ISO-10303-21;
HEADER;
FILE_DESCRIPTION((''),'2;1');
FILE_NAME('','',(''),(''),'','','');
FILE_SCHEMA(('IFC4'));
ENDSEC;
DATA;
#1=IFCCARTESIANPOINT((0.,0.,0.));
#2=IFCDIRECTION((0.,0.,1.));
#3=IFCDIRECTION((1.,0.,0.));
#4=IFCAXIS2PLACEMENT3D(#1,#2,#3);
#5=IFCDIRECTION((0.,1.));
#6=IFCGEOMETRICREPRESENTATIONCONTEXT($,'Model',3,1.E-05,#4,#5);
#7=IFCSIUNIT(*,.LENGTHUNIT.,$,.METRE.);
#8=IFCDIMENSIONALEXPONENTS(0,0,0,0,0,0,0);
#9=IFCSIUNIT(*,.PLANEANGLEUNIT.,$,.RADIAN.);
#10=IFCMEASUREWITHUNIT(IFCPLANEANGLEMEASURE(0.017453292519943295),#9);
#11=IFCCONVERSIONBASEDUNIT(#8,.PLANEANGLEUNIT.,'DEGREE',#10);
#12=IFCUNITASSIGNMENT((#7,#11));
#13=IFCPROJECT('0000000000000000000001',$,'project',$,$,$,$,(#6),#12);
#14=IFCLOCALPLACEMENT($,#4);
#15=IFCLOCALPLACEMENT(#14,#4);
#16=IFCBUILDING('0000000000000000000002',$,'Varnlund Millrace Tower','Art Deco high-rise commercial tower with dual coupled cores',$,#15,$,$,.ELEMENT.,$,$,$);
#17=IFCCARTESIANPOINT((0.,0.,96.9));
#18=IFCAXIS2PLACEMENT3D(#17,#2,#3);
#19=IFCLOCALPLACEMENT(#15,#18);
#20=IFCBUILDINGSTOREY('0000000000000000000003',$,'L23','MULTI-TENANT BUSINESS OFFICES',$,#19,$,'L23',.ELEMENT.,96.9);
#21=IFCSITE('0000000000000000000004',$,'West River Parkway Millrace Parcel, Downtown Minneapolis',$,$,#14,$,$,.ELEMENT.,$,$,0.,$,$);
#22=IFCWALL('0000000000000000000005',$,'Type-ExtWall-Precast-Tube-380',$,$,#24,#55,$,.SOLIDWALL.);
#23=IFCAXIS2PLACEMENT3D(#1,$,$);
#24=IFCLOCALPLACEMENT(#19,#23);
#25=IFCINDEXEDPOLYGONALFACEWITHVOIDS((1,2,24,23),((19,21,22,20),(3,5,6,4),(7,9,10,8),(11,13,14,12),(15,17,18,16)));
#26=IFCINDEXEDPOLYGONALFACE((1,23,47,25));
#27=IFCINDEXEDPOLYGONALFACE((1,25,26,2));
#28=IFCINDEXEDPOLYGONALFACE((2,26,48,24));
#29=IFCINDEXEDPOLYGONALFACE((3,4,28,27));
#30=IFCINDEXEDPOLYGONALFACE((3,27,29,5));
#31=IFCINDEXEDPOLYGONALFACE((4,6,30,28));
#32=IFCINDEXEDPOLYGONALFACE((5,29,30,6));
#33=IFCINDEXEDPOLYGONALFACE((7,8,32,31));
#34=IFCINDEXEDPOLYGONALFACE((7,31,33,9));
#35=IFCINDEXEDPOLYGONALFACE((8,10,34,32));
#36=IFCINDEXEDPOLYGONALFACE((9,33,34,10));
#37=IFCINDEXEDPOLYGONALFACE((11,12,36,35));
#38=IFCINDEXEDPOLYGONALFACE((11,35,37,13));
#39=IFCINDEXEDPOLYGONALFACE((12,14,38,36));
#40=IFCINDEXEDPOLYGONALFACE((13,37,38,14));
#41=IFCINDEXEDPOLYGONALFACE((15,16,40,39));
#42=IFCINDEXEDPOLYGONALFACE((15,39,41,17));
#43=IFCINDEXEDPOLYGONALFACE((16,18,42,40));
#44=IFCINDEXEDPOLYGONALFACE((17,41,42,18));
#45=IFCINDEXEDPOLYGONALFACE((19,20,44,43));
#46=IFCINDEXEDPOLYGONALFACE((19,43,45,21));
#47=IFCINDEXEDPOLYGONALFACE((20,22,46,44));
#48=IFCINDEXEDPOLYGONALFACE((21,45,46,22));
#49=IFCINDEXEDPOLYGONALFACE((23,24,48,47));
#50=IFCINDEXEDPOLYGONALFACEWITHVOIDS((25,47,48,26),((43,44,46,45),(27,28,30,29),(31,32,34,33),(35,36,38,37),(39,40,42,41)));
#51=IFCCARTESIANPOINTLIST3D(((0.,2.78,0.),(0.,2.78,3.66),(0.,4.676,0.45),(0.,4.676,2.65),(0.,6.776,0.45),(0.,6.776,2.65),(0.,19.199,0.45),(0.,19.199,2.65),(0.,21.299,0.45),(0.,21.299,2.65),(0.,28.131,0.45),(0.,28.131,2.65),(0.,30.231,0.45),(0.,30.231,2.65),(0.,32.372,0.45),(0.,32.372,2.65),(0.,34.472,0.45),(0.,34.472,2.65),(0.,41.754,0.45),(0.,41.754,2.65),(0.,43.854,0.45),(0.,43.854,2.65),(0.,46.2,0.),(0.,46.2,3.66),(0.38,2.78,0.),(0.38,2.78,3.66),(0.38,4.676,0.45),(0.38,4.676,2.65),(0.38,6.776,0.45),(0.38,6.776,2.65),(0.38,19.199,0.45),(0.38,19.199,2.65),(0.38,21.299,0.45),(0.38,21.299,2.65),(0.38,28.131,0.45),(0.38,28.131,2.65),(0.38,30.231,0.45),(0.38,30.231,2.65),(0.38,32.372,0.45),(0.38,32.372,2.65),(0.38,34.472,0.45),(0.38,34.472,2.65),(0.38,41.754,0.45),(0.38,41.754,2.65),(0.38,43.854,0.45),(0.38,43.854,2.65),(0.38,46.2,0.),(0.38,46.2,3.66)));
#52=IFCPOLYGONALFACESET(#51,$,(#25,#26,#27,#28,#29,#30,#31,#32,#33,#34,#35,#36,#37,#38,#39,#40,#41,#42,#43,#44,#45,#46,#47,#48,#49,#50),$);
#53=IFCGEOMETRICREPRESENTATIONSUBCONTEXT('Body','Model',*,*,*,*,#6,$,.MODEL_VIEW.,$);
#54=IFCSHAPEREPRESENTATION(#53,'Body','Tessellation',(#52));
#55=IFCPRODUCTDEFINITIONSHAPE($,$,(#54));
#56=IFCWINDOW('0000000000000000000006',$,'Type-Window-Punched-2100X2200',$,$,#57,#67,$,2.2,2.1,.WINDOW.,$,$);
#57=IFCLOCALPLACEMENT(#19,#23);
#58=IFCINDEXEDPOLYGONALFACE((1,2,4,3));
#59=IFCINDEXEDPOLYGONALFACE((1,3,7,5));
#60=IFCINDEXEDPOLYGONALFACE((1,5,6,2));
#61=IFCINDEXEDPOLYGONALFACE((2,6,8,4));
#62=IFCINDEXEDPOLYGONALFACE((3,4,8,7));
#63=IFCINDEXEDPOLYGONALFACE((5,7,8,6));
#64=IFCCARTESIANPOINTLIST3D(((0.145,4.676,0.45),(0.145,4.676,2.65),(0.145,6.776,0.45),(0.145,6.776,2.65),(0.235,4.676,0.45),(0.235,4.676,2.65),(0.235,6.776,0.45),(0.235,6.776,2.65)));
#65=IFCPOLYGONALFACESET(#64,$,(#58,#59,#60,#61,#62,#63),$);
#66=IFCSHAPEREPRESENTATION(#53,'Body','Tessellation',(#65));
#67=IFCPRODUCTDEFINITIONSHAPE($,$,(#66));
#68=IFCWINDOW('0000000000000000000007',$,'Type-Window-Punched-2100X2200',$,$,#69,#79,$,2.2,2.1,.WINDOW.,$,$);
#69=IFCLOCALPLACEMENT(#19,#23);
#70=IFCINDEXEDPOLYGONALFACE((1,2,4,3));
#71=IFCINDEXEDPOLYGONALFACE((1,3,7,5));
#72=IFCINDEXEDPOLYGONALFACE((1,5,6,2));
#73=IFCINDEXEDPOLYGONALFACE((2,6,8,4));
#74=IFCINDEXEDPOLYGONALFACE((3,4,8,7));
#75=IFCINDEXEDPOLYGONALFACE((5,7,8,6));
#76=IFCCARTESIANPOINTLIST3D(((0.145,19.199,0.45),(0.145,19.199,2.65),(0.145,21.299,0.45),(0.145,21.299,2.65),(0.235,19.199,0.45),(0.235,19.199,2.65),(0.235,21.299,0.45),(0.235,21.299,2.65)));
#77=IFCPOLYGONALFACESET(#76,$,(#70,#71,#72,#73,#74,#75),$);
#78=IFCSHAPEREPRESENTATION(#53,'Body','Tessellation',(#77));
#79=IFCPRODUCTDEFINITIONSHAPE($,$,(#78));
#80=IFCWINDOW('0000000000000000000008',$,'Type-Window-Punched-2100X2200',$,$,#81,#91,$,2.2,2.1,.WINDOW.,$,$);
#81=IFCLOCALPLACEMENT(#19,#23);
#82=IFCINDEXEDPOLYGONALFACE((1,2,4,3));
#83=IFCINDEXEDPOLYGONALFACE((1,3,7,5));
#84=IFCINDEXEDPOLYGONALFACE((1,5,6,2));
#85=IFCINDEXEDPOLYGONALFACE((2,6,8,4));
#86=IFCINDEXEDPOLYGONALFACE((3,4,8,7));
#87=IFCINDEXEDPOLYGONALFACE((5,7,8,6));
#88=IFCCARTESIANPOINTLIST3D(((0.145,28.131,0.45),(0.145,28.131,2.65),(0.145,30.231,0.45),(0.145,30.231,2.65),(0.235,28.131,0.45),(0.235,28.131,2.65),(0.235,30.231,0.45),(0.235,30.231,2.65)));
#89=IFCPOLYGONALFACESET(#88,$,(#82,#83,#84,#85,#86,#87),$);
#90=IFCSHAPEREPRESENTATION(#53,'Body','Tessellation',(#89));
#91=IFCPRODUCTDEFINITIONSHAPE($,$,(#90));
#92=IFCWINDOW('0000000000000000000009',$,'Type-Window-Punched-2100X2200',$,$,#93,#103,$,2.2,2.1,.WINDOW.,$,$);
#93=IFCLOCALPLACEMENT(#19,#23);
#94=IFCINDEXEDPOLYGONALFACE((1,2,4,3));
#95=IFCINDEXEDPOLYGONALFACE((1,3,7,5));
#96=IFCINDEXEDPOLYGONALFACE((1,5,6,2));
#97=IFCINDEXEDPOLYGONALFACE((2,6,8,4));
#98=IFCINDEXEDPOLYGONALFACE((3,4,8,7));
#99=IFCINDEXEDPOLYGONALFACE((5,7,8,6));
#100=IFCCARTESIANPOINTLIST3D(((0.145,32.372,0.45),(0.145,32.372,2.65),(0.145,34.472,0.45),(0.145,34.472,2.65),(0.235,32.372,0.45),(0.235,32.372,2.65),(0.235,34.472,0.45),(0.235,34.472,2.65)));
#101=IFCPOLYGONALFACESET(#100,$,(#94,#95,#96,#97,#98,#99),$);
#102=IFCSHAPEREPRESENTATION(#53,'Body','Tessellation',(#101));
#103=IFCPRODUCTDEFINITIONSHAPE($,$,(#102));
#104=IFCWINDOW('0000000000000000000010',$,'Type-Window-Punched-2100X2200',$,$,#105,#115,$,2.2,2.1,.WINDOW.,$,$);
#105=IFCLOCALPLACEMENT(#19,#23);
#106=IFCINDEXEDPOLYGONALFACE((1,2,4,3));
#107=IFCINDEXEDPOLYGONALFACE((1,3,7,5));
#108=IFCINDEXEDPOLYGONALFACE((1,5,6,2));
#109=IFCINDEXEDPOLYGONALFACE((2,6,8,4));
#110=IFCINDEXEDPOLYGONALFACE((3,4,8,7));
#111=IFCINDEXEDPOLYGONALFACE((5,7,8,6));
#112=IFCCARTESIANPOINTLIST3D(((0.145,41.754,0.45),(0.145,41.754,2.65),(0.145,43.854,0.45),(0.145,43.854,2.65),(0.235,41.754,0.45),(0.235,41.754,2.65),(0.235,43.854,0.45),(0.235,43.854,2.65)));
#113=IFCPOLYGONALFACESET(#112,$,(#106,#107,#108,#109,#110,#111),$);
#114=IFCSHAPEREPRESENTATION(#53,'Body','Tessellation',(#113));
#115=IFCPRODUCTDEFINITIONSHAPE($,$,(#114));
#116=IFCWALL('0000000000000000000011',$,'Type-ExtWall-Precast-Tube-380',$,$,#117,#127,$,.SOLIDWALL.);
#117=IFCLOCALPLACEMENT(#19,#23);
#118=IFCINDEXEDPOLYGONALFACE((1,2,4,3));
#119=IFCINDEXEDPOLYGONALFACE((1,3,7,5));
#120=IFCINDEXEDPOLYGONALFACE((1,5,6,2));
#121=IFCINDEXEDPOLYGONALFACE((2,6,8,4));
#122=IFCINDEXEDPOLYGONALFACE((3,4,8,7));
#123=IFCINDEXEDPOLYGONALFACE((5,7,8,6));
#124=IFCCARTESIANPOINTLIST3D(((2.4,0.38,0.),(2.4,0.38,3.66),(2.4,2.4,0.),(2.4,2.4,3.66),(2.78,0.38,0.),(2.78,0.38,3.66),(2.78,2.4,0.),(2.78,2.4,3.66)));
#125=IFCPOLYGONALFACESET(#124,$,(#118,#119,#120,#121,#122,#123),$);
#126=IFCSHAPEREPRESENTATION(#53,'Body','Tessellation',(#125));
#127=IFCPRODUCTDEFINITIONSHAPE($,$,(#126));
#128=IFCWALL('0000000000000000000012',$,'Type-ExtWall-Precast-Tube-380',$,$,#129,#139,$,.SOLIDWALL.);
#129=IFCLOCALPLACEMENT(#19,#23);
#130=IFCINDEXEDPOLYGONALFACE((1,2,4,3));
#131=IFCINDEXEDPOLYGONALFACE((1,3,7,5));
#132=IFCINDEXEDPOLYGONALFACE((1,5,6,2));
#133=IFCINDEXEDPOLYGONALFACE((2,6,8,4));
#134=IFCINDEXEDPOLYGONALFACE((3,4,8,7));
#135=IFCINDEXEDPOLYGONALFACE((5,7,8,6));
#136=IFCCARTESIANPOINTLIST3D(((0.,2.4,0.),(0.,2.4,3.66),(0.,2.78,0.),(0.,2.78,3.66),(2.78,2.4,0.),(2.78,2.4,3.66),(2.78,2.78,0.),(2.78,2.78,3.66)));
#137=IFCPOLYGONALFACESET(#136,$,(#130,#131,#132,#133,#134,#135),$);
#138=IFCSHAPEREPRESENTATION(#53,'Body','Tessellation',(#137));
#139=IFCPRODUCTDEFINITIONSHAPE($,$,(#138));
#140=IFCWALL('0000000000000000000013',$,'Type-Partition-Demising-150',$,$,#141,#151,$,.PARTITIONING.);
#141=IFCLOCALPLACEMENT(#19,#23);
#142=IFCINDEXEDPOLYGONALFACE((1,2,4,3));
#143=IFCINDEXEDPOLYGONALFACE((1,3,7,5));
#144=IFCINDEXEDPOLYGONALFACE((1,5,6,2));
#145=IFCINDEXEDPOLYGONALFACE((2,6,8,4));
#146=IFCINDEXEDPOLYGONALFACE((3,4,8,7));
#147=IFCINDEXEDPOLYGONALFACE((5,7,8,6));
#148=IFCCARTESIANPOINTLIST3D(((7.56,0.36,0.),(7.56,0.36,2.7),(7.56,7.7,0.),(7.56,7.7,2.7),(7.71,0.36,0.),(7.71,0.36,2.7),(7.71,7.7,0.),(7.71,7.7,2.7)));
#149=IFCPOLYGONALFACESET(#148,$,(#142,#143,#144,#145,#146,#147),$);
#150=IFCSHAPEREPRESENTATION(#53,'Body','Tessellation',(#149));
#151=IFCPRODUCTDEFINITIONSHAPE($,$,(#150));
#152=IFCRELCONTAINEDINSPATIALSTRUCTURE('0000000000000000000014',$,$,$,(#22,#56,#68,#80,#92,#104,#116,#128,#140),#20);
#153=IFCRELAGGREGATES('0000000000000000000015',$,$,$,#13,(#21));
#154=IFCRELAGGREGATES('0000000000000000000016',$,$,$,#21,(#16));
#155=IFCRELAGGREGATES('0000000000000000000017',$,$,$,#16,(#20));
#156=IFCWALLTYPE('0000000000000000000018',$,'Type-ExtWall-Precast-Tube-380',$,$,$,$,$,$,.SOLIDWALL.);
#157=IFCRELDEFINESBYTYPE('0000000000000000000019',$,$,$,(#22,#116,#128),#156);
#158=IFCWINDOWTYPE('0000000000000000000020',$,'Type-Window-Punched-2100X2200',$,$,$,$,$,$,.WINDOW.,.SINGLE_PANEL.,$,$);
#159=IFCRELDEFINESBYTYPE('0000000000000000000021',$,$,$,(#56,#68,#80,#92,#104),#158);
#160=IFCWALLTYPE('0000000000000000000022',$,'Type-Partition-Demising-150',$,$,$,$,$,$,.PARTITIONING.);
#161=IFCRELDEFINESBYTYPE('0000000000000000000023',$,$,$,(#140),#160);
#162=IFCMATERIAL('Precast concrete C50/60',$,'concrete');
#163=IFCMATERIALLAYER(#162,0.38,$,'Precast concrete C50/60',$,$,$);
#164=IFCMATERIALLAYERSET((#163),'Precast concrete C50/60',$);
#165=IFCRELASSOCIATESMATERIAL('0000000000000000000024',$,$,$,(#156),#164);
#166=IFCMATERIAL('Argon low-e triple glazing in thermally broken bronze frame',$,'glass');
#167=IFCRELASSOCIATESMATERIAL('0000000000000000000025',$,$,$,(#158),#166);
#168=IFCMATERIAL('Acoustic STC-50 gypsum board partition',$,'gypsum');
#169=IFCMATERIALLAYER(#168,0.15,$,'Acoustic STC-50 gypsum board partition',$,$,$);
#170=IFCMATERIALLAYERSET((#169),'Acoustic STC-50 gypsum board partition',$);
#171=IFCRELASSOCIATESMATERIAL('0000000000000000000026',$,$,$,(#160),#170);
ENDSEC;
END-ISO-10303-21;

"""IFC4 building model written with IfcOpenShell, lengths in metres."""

from ifc_helpers import new_model, entity, si_unit, converted_unit, direction, frame, origin_with_axes, origin_2d_with_axis, place, context, subcontext, project, spatial, polyline, rectangle, outline, extrude, material, layer, layer_set, type_object, element, fill, save


model = new_model("IFC4")

# Units and contexts
model_context = context("Model", 3, precision=1e-05, world=origin_with_axes(), true_north=direction((0.0, 1.0)))
body_context = subcontext(model_context, "Body", "Model", "MODEL_VIEW")
ifc_project = project(units=[si_unit("LENGTHUNIT", "METRE"), converted_unit("PLANEANGLEUNIT", "DEGREE", entity("IfcPlaneAngleMeasure", 0.017453292519943295), si_unit("PLANEANGLEUNIT", "RADIAN"), dimensions=[0, 0, 0, 0, 0, 0, 0])], contexts=[model_context])

# Site, building, storey
site_placement = place(None, origin_with_axes())
site = spatial("IfcSite", under=ifc_project, at=site_placement, Name="West River Parkway Millrace Parcel, Downtown Minneapolis", CompositionType="ELEMENT", RefElevation=0.0)
building_placement = place(site_placement, origin_with_axes())
building = spatial("IfcBuilding", under=site, at=building_placement, Name="Varnlund Millrace Tower", Description="Art Deco high-rise commercial tower with dual coupled cores", CompositionType="ELEMENT")
storey_placement = place(building_placement, frame((0.0, 0.0, 96.9), z_axis=(0.0, 0.0, 1.0), x_axis=(1.0, 0.0, 0.0)))
storey = spatial("IfcBuildingStorey", under=building, at=storey_placement, Name="L23", Description="MULTI-TENANT BUSINESS OFFICES", LongName="L23", CompositionType="ELEMENT", Elevation=96.9)

# Wall, openings, windows
ifc_material_1 = material(Name="Precast concrete C50/60", Category="concrete")
ifc_layer_1 = layer(ifc_material_1, 0.38, Name="Precast concrete C50/60")
ifc_layer_set_1 = layer_set([ifc_layer_1], Name="Precast concrete C50/60")
wall_type_1 = type_object("IfcWallType", Name="Type-ExtWall-Precast-Tube-380", PredefinedType="SOLIDWALL", material=ifc_layer_set_1)
wall_1_placement = place(storey_placement, frame((0.19, 2.78, 0.0), z_axis=(0.0, 0.0, 1.0), x_axis=(0.0, 1.0, 0.0)))
wall_1 = element("IfcWall", 1, at=wall_1_placement, inside=storey, type_object=wall_type_1, Name="Type-ExtWall-Precast-Tube-380", PredefinedType="SOLIDWALL", context=body_context, shape_type="SweptSolid", body=[
    extrude(outline(polyline([(0.0, -0.19), (43.42, -0.19), (43.42, 0.19), (0.0, 0.19), (0.0, -0.19)])), origin_with_axes(), (0.0, 0.0, 1.0), 3.66),
])
opening_1_placement = place(wall_1_placement, frame((2.946, 0.0, 0.45), z_axis=(0.0, 0.0, 1.0), x_axis=(1.0, 0.0, 0.0)))
opening_1 = element("IfcOpeningElement", 2, at=opening_1_placement, cuts=wall_1, PredefinedType="OPENING", context=body_context, shape_type="SweptSolid", body=[
    extrude(rectangle(XDim=2.1, YDim=0.4, at=origin_2d_with_axis()), origin_with_axes(), (0.0, 0.0, 1.0), 2.2),
])
opening_2_placement = place(wall_1_placement, frame((17.469, 0.0, 0.45), z_axis=(0.0, 0.0, 1.0), x_axis=(1.0, 0.0, 0.0)))
opening_2 = element("IfcOpeningElement", 3, at=opening_2_placement, cuts=wall_1, PredefinedType="OPENING", context=body_context, shape_type="SweptSolid", body=[
    extrude(rectangle(XDim=2.1, YDim=0.4, at=origin_2d_with_axis()), origin_with_axes(), (0.0, 0.0, 1.0), 2.2),
])
opening_3_placement = place(wall_1_placement, frame((26.401, 0.0, 0.45), z_axis=(0.0, 0.0, 1.0), x_axis=(1.0, 0.0, 0.0)))
opening_3 = element("IfcOpeningElement", 4, at=opening_3_placement, cuts=wall_1, PredefinedType="OPENING", context=body_context, shape_type="SweptSolid", body=[
    extrude(rectangle(XDim=2.1, YDim=0.4, at=origin_2d_with_axis()), origin_with_axes(), (0.0, 0.0, 1.0), 2.2),
])
opening_4_placement = place(wall_1_placement, frame((30.642, 0.0, 0.45), z_axis=(0.0, 0.0, 1.0), x_axis=(1.0, 0.0, 0.0)))
opening_4 = element("IfcOpeningElement", 5, at=opening_4_placement, cuts=wall_1, PredefinedType="OPENING", context=body_context, shape_type="SweptSolid", body=[
    extrude(rectangle(XDim=2.1, YDim=0.4, at=origin_2d_with_axis()), origin_with_axes(), (0.0, 0.0, 1.0), 2.2),
])
opening_5_placement = place(wall_1_placement, frame((40.024, 0.0, 0.45), z_axis=(0.0, 0.0, 1.0), x_axis=(1.0, 0.0, 0.0)))
opening_5 = element("IfcOpeningElement", 6, at=opening_5_placement, cuts=wall_1, PredefinedType="OPENING", context=body_context, shape_type="SweptSolid", body=[
    extrude(rectangle(XDim=2.1, YDim=0.4, at=origin_2d_with_axis()), origin_with_axes(), (0.0, 0.0, 1.0), 2.2),
])
ifc_material_2 = material(Name="Argon low-e triple glazing in thermally broken bronze frame", Category="glass")
window_type = type_object("IfcWindowType", Name="Type-Window-Punched-2100X2200", PartitioningType="SINGLE_PANEL", PredefinedType="WINDOW", material=ifc_material_2)
window_1_placement = place(wall_1_placement, frame((2.946, 0.0, 0.45), z_axis=(0.0, 0.0, 1.0), x_axis=(1.0, 0.0, 0.0)))
window_1 = element("IfcWindow", 7, at=window_1_placement, inside=storey, type_object=window_type, Name="Type-Window-Punched-2100X2200", OverallHeight=2.2, OverallWidth=2.1, PredefinedType="WINDOW", context=body_context, shape_type="SweptSolid", body=[
    extrude(rectangle(XDim=2.1, YDim=0.09, at=origin_2d_with_axis()), origin_with_axes(), (0.0, 0.0, 1.0), 2.2),
])
fill(opening_1, window_1)
window_2_placement = place(wall_1_placement, frame((17.469, 0.0, 0.45), z_axis=(0.0, 0.0, 1.0), x_axis=(1.0, 0.0, 0.0)))
window_2 = element("IfcWindow", 8, at=window_2_placement, inside=storey, type_object=window_type, Name="Type-Window-Punched-2100X2200", OverallHeight=2.2, OverallWidth=2.1, PredefinedType="WINDOW", context=body_context, shape_type="SweptSolid", body=[
    extrude(rectangle(XDim=2.1, YDim=0.09, at=origin_2d_with_axis()), origin_with_axes(), (0.0, 0.0, 1.0), 2.2),
])
fill(opening_2, window_2)
window_3_placement = place(wall_1_placement, frame((26.401, 0.0, 0.45), z_axis=(0.0, 0.0, 1.0), x_axis=(1.0, 0.0, 0.0)))
window_3 = element("IfcWindow", 9, at=window_3_placement, inside=storey, type_object=window_type, Name="Type-Window-Punched-2100X2200", OverallHeight=2.2, OverallWidth=2.1, PredefinedType="WINDOW", context=body_context, shape_type="SweptSolid", body=[
    extrude(rectangle(XDim=2.1, YDim=0.09, at=origin_2d_with_axis()), origin_with_axes(), (0.0, 0.0, 1.0), 2.2),
])
fill(opening_3, window_3)
window_4_placement = place(wall_1_placement, frame((30.642, 0.0, 0.45), z_axis=(0.0, 0.0, 1.0), x_axis=(1.0, 0.0, 0.0)))
window_4 = element("IfcWindow", 10, at=window_4_placement, inside=storey, type_object=window_type, Name="Type-Window-Punched-2100X2200", OverallHeight=2.2, OverallWidth=2.1, PredefinedType="WINDOW", context=body_context, shape_type="SweptSolid", body=[
    extrude(rectangle(XDim=2.1, YDim=0.09, at=origin_2d_with_axis()), origin_with_axes(), (0.0, 0.0, 1.0), 2.2),
])
fill(opening_4, window_4)
window_5_placement = place(wall_1_placement, frame((40.024, 0.0, 0.45), z_axis=(0.0, 0.0, 1.0), x_axis=(1.0, 0.0, 0.0)))
window_5 = element("IfcWindow", 11, at=window_5_placement, inside=storey, type_object=window_type, Name="Type-Window-Punched-2100X2200", OverallHeight=2.2, OverallWidth=2.1, PredefinedType="WINDOW", context=body_context, shape_type="SweptSolid", body=[
    extrude(rectangle(XDim=2.1, YDim=0.09, at=origin_2d_with_axis()), origin_with_axes(), (0.0, 0.0, 1.0), 2.2),
])
fill(opening_5, window_5)

# Walls
wall_2_placement = place(storey_placement, frame((2.59, 0.38, 0.0), z_axis=(0.0, 0.0, 1.0), x_axis=(0.0, 1.0, 0.0)))
element("IfcWall", 12, at=wall_2_placement, inside=storey, type_object=wall_type_1, Name="Type-ExtWall-Precast-Tube-380", PredefinedType="SOLIDWALL", context=body_context, shape_type="SweptSolid", body=[
    extrude(outline(polyline([(0.0, -0.19), (2.02, -0.19), (2.02, 0.19), (0.0, 0.19), (0.0, -0.19)])), origin_with_axes(), (0.0, 0.0, 1.0), 3.66),
])
wall_3_placement = place(storey_placement, frame((2.78, 2.59, 0.0), z_axis=(0.0, 0.0, 1.0), x_axis=(-1.0, 0.0, 0.0)))
element("IfcWall", 13, at=wall_3_placement, inside=storey, type_object=wall_type_1, Name="Type-ExtWall-Precast-Tube-380", PredefinedType="SOLIDWALL", context=body_context, shape_type="SweptSolid", body=[
    extrude(outline(polyline([(0.0, -0.19), (2.78, -0.19), (2.78, 0.19), (0.0, 0.19), (0.0, -0.19)])), origin_with_axes(), (0.0, 0.0, 1.0), 3.66),
])
ifc_material_3 = material(Name="Acoustic STC-50 gypsum board partition", Category="gypsum")
ifc_layer_2 = layer(ifc_material_3, 0.15, Name="Acoustic STC-50 gypsum board partition")
ifc_layer_set_2 = layer_set([ifc_layer_2], Name="Acoustic STC-50 gypsum board partition")
wall_type_2 = type_object("IfcWallType", Name="Type-Partition-Demising-150", PredefinedType="PARTITIONING", material=ifc_layer_set_2)
wall_4_placement = place(storey_placement, frame((7.635, 0.36, 0.0), z_axis=(0.0, 0.0, 1.0), x_axis=(0.0, 1.0, 0.0)))
element("IfcWall", 14, at=wall_4_placement, inside=storey, type_object=wall_type_2, Name="Type-Partition-Demising-150", PredefinedType="PARTITIONING", context=body_context, shape_type="SweptSolid", body=[
    extrude(outline(polyline([(0.0, -0.075), (7.34, -0.075), (7.34, 0.075), (0.0, 0.075), (0.0, -0.075)])), origin_with_axes(), (0.0, 0.0, 1.0), 2.7),
])

save(model, "model.ifc")
